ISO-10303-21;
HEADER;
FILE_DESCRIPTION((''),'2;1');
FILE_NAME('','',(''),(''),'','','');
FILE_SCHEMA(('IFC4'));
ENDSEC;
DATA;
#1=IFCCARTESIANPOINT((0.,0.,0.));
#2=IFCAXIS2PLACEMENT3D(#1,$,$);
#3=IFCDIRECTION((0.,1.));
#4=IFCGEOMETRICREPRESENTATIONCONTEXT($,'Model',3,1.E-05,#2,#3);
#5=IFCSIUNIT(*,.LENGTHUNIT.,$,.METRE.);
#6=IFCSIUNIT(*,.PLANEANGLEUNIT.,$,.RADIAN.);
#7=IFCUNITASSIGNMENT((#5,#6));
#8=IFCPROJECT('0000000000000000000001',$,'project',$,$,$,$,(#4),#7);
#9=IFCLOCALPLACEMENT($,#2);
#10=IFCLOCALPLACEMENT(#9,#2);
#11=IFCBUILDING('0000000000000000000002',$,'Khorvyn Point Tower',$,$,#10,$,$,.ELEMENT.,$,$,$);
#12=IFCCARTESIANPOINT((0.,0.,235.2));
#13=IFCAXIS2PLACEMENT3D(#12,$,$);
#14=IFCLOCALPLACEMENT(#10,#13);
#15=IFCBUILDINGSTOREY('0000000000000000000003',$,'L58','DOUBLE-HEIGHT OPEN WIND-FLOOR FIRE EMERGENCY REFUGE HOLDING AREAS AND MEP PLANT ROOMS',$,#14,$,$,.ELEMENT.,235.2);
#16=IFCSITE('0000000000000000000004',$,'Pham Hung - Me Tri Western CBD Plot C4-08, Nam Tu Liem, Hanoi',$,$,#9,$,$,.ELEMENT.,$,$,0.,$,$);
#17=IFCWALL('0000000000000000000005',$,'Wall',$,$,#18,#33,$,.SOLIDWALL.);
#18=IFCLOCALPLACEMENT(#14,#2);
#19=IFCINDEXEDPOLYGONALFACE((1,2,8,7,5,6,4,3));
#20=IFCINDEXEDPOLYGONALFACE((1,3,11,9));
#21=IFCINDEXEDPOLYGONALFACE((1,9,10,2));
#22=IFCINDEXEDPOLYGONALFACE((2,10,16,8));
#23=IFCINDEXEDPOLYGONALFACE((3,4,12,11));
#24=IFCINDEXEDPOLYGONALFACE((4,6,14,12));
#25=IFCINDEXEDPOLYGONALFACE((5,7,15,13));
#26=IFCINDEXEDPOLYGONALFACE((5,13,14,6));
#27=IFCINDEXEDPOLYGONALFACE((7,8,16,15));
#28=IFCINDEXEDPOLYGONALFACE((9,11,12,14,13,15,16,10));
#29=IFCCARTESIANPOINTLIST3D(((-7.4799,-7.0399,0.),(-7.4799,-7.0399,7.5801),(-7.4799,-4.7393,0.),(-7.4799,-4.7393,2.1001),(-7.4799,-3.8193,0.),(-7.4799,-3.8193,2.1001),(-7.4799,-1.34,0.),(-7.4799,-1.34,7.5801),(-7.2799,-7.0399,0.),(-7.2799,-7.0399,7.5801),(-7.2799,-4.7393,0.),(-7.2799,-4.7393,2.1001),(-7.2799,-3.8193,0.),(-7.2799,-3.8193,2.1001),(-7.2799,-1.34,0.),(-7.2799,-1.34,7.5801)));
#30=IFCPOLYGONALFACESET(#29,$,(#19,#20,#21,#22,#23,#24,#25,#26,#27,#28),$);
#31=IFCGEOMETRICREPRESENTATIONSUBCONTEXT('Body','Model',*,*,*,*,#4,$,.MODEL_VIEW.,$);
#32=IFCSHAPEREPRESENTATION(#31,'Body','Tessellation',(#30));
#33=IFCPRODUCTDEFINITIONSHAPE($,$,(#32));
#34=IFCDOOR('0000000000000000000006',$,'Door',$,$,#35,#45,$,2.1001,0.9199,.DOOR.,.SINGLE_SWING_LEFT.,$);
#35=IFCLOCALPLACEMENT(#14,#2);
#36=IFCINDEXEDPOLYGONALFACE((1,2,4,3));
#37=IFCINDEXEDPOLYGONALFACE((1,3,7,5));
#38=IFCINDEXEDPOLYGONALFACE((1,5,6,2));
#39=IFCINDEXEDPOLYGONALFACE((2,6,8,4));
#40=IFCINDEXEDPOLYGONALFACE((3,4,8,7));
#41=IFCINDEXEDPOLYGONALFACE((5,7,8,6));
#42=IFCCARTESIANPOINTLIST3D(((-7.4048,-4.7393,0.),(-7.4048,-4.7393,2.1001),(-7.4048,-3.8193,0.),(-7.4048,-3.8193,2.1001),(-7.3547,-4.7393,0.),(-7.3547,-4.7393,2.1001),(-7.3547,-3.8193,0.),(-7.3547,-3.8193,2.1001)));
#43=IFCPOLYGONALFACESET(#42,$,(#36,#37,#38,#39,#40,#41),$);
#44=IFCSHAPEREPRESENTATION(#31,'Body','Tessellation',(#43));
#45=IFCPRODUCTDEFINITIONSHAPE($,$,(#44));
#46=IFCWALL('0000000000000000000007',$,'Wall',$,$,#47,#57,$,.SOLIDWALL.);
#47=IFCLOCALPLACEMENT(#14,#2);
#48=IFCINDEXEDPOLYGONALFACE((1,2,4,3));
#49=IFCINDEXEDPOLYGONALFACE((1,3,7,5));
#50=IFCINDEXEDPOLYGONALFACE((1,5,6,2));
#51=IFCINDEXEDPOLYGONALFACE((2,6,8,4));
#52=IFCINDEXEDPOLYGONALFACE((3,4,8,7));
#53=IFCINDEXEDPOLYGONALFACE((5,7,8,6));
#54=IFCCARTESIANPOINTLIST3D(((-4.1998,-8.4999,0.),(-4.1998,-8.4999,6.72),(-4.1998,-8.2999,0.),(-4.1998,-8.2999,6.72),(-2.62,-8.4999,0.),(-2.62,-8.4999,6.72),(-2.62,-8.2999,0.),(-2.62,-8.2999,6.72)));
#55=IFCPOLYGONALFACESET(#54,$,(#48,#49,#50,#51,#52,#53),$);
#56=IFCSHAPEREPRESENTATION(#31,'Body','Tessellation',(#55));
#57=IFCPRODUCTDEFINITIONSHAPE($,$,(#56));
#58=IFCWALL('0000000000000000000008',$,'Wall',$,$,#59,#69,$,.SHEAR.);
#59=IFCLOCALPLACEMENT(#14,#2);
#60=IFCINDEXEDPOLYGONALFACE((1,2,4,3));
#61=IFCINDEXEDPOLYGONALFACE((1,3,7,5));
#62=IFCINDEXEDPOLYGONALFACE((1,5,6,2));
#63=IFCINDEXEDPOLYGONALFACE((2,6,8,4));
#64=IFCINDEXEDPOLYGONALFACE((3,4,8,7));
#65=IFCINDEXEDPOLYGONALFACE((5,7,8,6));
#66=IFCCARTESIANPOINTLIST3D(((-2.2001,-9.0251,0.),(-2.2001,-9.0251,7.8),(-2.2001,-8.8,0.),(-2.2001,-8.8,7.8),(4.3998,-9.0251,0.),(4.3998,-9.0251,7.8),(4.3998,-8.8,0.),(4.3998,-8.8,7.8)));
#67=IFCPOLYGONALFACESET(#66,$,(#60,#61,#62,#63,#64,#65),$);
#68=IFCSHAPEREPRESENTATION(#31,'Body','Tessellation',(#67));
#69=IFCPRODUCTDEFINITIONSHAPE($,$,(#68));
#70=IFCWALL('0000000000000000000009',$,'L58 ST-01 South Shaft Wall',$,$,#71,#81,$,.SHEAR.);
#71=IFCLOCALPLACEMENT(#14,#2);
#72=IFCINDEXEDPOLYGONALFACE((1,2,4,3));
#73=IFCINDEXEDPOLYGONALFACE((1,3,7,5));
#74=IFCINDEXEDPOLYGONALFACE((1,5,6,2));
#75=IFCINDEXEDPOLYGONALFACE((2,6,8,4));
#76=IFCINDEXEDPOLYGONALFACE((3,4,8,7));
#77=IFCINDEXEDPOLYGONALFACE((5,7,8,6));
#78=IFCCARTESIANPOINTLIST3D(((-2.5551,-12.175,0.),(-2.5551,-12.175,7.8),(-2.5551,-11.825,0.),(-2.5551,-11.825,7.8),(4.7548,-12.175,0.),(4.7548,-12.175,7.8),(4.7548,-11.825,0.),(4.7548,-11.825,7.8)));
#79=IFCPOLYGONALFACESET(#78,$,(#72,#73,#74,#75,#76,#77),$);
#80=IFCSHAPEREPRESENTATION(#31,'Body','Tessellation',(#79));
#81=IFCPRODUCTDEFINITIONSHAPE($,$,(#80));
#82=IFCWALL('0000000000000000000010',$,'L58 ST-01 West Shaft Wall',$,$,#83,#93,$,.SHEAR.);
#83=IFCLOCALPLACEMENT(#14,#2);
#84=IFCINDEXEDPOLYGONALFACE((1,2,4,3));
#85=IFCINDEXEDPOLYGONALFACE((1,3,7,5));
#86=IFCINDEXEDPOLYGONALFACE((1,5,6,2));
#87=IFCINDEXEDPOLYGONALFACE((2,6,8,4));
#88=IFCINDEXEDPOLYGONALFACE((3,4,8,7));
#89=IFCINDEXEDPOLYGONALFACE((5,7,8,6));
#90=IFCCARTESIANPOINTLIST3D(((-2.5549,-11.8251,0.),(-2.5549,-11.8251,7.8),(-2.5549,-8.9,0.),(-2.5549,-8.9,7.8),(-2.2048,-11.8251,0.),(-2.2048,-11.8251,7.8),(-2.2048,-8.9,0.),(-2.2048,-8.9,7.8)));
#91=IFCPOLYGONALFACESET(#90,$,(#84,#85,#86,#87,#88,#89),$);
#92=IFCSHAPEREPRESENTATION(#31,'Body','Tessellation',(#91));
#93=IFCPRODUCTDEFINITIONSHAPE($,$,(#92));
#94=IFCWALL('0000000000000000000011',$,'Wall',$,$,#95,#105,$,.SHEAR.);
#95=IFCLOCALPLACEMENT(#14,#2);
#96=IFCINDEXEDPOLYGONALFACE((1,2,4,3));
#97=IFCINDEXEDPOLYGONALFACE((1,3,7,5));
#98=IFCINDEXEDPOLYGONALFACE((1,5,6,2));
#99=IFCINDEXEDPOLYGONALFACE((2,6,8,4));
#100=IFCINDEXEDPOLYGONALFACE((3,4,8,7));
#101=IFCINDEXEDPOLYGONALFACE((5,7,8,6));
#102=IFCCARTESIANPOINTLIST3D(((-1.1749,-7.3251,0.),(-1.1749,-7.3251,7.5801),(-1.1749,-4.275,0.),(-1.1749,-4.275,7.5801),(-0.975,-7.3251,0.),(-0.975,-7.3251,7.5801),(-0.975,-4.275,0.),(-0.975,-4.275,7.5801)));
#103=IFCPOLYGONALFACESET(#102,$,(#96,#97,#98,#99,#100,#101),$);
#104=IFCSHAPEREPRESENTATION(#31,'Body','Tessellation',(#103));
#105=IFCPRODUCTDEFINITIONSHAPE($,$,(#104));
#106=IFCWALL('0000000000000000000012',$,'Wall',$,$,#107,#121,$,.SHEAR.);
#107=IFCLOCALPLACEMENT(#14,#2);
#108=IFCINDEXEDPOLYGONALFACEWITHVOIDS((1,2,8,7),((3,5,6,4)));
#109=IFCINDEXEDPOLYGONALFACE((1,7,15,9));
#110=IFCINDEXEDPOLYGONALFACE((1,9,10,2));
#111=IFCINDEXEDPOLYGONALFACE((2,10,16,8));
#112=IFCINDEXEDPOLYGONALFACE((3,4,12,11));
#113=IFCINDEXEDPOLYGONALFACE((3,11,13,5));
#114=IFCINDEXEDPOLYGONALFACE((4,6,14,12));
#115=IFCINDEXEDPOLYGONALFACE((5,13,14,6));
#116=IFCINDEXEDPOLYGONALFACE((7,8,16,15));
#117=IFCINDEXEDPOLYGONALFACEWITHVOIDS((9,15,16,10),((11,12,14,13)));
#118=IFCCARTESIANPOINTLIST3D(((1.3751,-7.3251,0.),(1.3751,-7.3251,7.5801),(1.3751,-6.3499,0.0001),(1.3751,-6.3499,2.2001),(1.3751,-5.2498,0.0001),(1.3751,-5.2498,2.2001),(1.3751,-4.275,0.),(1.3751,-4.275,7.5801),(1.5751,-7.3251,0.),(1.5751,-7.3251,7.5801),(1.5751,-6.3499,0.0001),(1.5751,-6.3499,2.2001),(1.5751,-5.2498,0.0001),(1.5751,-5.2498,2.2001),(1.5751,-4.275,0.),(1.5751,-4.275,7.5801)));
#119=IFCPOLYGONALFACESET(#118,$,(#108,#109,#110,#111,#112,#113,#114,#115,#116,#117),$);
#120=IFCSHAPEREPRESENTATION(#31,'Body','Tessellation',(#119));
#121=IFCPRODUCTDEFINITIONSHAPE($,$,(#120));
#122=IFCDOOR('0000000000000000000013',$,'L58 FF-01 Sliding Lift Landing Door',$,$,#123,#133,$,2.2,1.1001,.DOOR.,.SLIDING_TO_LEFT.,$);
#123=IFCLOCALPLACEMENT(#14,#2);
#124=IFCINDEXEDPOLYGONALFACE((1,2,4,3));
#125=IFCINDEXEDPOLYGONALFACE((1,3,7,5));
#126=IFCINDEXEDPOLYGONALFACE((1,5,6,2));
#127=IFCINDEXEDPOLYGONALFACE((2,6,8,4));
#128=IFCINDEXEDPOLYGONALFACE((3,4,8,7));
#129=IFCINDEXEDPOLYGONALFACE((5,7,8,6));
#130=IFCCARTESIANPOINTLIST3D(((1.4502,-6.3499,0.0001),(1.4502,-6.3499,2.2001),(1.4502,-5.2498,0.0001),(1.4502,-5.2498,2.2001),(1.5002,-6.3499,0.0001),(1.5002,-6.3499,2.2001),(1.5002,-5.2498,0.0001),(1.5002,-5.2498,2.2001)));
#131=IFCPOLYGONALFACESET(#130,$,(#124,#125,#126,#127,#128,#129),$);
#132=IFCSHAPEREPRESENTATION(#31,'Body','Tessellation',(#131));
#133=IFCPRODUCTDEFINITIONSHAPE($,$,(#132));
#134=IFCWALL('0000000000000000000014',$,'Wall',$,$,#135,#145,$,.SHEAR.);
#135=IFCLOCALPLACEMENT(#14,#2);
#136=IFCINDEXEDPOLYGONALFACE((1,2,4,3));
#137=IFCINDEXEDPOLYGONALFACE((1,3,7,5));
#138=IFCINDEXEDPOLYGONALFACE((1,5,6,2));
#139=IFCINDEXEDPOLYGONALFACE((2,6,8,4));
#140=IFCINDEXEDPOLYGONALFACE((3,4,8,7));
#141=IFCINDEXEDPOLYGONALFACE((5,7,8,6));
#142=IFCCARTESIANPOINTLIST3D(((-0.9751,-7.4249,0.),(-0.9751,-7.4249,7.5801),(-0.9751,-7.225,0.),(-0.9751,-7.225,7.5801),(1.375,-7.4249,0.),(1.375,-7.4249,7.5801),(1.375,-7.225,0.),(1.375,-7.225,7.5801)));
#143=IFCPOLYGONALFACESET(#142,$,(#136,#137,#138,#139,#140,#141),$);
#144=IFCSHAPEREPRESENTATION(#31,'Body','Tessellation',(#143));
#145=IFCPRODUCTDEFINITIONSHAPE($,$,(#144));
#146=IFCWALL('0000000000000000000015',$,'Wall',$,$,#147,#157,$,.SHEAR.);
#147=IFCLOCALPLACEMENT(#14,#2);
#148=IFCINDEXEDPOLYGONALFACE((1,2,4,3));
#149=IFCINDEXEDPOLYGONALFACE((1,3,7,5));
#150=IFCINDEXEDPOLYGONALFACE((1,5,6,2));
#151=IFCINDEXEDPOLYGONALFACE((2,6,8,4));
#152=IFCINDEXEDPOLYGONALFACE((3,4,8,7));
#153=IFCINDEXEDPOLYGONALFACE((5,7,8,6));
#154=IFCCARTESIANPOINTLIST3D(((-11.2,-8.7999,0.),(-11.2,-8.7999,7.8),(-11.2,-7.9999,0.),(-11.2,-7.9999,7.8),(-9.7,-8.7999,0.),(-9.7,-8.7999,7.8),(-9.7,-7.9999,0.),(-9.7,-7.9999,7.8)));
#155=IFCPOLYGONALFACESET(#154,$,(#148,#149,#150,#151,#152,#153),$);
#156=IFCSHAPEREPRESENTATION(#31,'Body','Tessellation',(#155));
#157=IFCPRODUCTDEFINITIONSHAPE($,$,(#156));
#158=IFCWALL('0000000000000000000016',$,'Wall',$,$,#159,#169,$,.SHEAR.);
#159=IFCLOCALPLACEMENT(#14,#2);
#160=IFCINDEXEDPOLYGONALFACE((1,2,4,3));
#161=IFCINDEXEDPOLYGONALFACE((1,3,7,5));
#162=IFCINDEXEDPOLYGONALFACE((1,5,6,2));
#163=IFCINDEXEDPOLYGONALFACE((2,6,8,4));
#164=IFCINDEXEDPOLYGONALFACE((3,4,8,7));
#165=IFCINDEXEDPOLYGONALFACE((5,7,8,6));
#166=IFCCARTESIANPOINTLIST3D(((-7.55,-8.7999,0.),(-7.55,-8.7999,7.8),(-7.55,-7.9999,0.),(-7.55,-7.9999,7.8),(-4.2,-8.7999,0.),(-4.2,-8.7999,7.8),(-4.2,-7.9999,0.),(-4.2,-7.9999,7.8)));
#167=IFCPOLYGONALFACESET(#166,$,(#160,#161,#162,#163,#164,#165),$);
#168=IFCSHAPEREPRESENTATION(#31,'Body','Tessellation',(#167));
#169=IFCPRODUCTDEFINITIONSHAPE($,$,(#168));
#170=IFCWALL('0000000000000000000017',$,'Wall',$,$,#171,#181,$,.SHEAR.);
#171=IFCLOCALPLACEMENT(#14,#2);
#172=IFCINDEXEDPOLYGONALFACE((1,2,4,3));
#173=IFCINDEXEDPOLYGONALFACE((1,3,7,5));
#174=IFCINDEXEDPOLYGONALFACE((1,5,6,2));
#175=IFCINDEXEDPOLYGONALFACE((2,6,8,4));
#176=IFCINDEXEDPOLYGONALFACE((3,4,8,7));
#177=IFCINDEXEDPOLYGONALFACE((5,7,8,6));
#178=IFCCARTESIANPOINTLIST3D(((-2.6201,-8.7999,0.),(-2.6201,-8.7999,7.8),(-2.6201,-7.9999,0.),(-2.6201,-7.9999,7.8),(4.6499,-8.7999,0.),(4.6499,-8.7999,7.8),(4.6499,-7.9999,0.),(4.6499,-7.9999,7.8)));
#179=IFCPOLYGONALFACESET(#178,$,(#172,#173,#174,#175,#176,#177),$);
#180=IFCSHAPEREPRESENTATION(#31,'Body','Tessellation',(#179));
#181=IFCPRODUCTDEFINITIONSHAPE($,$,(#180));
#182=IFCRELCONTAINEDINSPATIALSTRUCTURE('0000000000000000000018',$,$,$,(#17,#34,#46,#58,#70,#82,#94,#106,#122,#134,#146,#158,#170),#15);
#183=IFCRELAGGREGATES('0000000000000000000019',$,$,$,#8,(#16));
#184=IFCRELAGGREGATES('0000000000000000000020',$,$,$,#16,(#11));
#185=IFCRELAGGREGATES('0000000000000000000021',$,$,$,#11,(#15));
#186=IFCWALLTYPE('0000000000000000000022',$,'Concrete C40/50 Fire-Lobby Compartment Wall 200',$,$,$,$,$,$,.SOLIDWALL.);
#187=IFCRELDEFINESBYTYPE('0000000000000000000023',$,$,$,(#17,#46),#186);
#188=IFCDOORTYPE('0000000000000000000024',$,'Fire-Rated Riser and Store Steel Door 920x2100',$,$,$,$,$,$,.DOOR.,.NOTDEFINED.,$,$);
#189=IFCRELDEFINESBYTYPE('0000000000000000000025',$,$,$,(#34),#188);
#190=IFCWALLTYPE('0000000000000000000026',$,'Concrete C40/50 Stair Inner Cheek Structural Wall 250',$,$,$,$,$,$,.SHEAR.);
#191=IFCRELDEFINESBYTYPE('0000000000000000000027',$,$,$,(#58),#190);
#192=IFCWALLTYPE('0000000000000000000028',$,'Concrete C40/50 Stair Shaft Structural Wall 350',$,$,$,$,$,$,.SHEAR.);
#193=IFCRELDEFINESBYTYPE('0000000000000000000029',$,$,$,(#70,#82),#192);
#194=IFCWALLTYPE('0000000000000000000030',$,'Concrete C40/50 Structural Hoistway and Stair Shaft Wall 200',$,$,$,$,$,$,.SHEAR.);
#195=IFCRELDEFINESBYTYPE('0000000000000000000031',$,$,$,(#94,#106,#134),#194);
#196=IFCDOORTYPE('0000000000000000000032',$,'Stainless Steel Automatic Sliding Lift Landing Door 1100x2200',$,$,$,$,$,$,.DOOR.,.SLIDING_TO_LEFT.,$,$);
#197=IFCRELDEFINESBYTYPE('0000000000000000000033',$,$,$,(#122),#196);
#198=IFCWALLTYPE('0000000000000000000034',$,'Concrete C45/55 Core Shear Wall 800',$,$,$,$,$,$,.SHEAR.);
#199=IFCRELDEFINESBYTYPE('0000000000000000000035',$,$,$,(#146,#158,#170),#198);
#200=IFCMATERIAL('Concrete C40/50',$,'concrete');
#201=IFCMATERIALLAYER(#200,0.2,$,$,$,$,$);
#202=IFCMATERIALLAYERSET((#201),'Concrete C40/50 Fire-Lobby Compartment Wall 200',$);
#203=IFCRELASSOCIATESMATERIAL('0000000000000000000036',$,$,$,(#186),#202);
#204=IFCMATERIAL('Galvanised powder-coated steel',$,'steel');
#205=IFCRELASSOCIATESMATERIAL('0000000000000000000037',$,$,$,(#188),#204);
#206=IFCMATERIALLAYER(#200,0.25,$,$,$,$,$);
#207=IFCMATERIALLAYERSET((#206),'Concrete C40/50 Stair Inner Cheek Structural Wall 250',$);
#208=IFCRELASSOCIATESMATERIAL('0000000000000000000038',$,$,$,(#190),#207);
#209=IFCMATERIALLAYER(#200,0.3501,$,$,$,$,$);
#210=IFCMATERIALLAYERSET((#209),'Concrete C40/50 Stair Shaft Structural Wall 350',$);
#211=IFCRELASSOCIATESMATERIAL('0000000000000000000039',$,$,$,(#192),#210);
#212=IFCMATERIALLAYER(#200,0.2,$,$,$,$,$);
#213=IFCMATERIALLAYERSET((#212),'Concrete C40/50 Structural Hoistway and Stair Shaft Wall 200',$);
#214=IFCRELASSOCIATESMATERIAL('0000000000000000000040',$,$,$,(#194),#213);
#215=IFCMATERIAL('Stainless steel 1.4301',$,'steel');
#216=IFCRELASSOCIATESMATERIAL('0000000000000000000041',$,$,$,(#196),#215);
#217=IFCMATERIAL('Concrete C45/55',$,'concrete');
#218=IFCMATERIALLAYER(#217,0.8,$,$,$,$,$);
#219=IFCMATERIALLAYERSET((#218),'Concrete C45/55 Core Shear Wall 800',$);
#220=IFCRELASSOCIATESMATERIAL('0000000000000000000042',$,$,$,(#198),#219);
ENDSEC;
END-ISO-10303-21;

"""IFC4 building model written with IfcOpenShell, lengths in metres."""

from ifc_helpers import new_model, si_unit, direction, frame, frame_2d, origin, place, context, subcontext, project, spatial, rectangle, extrude, material, layer, layer_set, type_object, element, fill, save


model = new_model("IFC4")

# Units and contexts
model_context = context("Model", 3, precision=1e-05, world=origin(), true_north=direction((0.0, 1.0)))
body_context = subcontext(model_context, "Body", "Model", "MODEL_VIEW")
ifc_project = project(units=[si_unit("LENGTHUNIT", "METRE"), si_unit("PLANEANGLEUNIT", "RADIAN")], contexts=[model_context])

# Site, building, storey
site_placement = place(None, origin())
site = spatial("IfcSite", under=ifc_project, at=site_placement, Name="Pham Hung - Me Tri Western CBD Plot C4-08, Nam Tu Liem, Hanoi", CompositionType="ELEMENT", RefElevation=0.0)
building_placement = place(site_placement, origin())
building = spatial("IfcBuilding", under=site, at=building_placement, Name="Khorvyn Point Tower", CompositionType="ELEMENT")
storey_placement = place(building_placement, frame((0.0, 0.0, 235.2)))
storey = spatial("IfcBuildingStorey", under=building, at=storey_placement, Name="L58", Description="DOUBLE-HEIGHT OPEN WIND-FLOOR FIRE EMERGENCY REFUGE HOLDING AREAS AND MEP PLANT ROOMS", CompositionType="ELEMENT", Elevation=235.2)

# Shared definitions
ifc_material_1 = material(Name="Concrete C45/55", Category="concrete")

# Wall, opening, door
ifc_material_2 = material(Name="Concrete C40/50", Category="concrete")
ifc_layer_1 = layer(ifc_material_2, 0.2)
ifc_layer_set_1 = layer_set([ifc_layer_1], Name="Concrete C40/50 Fire-Lobby Compartment Wall 200")
wall_type_1 = type_object("IfcWallType", Name="Concrete C40/50 Fire-Lobby Compartment Wall 200", PredefinedType="SOLIDWALL", material=ifc_layer_set_1)
ifc_material_3 = material(Name="Galvanised powder-coated steel", Category="steel")
wall_1_placement = place(storey_placement, frame((-7.3799, -7.04, 0.0), z_axis=(0.0, 0.0, 1.0), x_axis=(0.0, 1.0, 0.0)))
wall_1 = element("IfcWall", 1, at=wall_1_placement, inside=storey, type_object=wall_type_1, Name="Wall", PredefinedType="SOLIDWALL", context=body_context, shape_type="SweptSolid", body=[
    extrude(rectangle(XDim=5.7, YDim=0.2, at=frame_2d((2.8501, 0.0))), origin(), (0.0, 0.0, 1.0), 7.5801),
])
opening_1_placement = place(wall_1_placement, frame((2.3008, 0.0, 0.0)))
opening_1 = element("IfcOpeningElement", 2, at=opening_1_placement, cuts=wall_1, PredefinedType="OPENING", context=body_context, shape_type="SweptSolid", body=[
    extrude(rectangle(XDim=0.9199, YDim=2.1001, at=frame_2d((0.46, 1.05))), frame((0.0, 0.1099, 0.0), z_axis=(0.0, -1.0, 0.0), x_axis=(1.0, 0.0, 0.0)), (0.0, 0.0, 1.0), 0.22),
])
door_type_1 = type_object("IfcDoorType", Name="Fire-Rated Riser and Store Steel Door 920x2100", OperationType="NOTDEFINED", PredefinedType="DOOR", material=ifc_material_3)
door_1_placement = place(opening_1_placement, origin())
door_1 = element("IfcDoor", 3, at=door_1_placement, inside=storey, type_object=door_type_1, Name="Door", OperationType="SINGLE_SWING_LEFT", OverallHeight=2.1001, OverallWidth=0.9199, PredefinedType="DOOR", context=body_context, shape_type="SweptSolid", body=[
    extrude(rectangle(XDim=0.9199, YDim=2.1001, at=frame_2d((0.46, 1.05))), frame((0.0, 0.0249, 0.0), z_axis=(0.0, -1.0, 0.0), x_axis=(1.0, 0.0, 0.0)), (0.0, 0.0, 1.0), 0.05),
])
fill(opening_1, door_1)

# Walls
wall_2_placement = place(storey_placement, frame((-4.2, -8.3999, 0.0), z_axis=(0.0, 0.0, 1.0), x_axis=(1.0, 0.0, 0.0)))
element("IfcWall", 4, at=wall_2_placement, inside=storey, type_object=wall_type_1, Name="Wall", PredefinedType="SOLIDWALL", context=body_context, shape_type="SweptSolid", body=[
    extrude(rectangle(XDim=1.5798, YDim=0.2, at=frame_2d((0.79, 0.0))), origin(), (0.0, 0.0, 1.0), 6.72),
])
ifc_layer_2 = layer(ifc_material_2, 0.25)
ifc_layer_set_2 = layer_set([ifc_layer_2], Name="Concrete C40/50 Stair Inner Cheek Structural Wall 250")
wall_type_2 = type_object("IfcWallType", Name="Concrete C40/50 Stair Inner Cheek Structural Wall 250", PredefinedType="SHEAR", material=ifc_layer_set_2)
wall_3_placement = place(storey_placement, frame((-2.2, -8.9126, 0.0), z_axis=(0.0, 0.0, 1.0), x_axis=(1.0, 0.0, 0.0)))
element("IfcWall", 5, at=wall_3_placement, inside=storey, type_object=wall_type_2, Name="Wall", PredefinedType="SHEAR", context=body_context, shape_type="SweptSolid", body=[
    extrude(rectangle(XDim=6.5999, YDim=0.2251, at=frame_2d((3.2998, 0.0))), origin(), (0.0, 0.0, 1.0), 7.8),
])
ifc_layer_3 = layer(ifc_material_2, 0.3501)
ifc_layer_set_3 = layer_set([ifc_layer_3], Name="Concrete C40/50 Stair Shaft Structural Wall 350")
wall_type_3 = type_object("IfcWallType", Name="Concrete C40/50 Stair Shaft Structural Wall 350", PredefinedType="SHEAR", material=ifc_layer_set_3)
wall_4_placement = place(storey_placement, frame((-2.5549, -12.0, 0.0), z_axis=(0.0, 0.0, 1.0), x_axis=(1.0, 0.0, 0.0)))
element("IfcWall", 6, at=wall_4_placement, inside=storey, type_object=wall_type_3, Name="L58 ST-01 South Shaft Wall", PredefinedType="SHEAR", context=body_context, shape_type="SweptSolid", body=[
    extrude(rectangle(XDim=7.3098, YDim=0.3501, at=frame_2d((3.6548, 0.0))), origin(), (0.0, 0.0, 1.0), 7.8),
])
wall_5_placement = place(storey_placement, frame((-2.3799, -11.825, 0.0), z_axis=(0.0, 0.0, 1.0), x_axis=(0.0, 1.0, 0.0)))
element("IfcWall", 7, at=wall_5_placement, inside=storey, type_object=wall_type_3, Name="L58 ST-01 West Shaft Wall", PredefinedType="SHEAR", context=body_context, shape_type="SweptSolid", body=[
    extrude(rectangle(XDim=2.925, YDim=0.3501, at=frame_2d((1.4624, 0.0))), origin(), (0.0, 0.0, 1.0), 7.8),
])
ifc_layer_4 = layer(ifc_material_2, 0.2)
ifc_layer_set_4 = layer_set([ifc_layer_4], Name="Concrete C40/50 Structural Hoistway and Stair Shaft Wall 200")
wall_type_4 = type_object("IfcWallType", Name="Concrete C40/50 Structural Hoistway and Stair Shaft Wall 200", PredefinedType="SHEAR", material=ifc_layer_set_4)
wall_6_placement = place(storey_placement, frame((-1.075, -7.325, 0.0), z_axis=(0.0, 0.0, 1.0), x_axis=(0.0, 1.0, 0.0)))
element("IfcWall", 8, at=wall_6_placement, inside=storey, type_object=wall_type_4, Name="Wall", PredefinedType="SHEAR", context=body_context, shape_type="SweptSolid", body=[
    extrude(rectangle(XDim=3.05, YDim=0.2, at=frame_2d((1.5249, 0.0))), origin(), (0.0, 0.0, 1.0), 7.5801),
])

# Wall, opening, door
wall_7_placement = place(storey_placement, frame((1.4751, -7.325, 0.0), z_axis=(0.0, 0.0, 1.0), x_axis=(0.0, 1.0, 0.0)))
wall_7 = element("IfcWall", 9, at=wall_7_placement, inside=storey, type_object=wall_type_4, Name="Wall", PredefinedType="SHEAR", context=body_context, shape_type="SweptSolid", body=[
    extrude(rectangle(XDim=3.05, YDim=0.2, at=frame_2d((1.5249, 0.0))), origin(), (0.0, 0.0, 1.0), 7.5801),
])
opening_2_placement = place(wall_7_placement, frame((0.9751, 0.0, 0.0)))
opening_2 = element("IfcOpeningElement", 10, at=opening_2_placement, cuts=wall_7, PredefinedType="OPENING", context=body_context, shape_type="SweptSolid", body=[
    extrude(rectangle(XDim=1.1001, YDim=2.2, at=frame_2d((0.55, 1.1001))), frame((0.0, 0.1099, 0.0), z_axis=(0.0, -1.0, 0.0), x_axis=(1.0, 0.0, 0.0)), (0.0, 0.0, 1.0), 0.22),
])
ifc_material_4 = material(Name="Stainless steel 1.4301", Category="steel")
door_type_2 = type_object("IfcDoorType", Name="Stainless Steel Automatic Sliding Lift Landing Door 1100x2200", OperationType="SLIDING_TO_LEFT", PredefinedType="DOOR", material=ifc_material_4)
door_2_placement = place(opening_2_placement, origin())
door_2 = element("IfcDoor", 11, at=door_2_placement, inside=storey, type_object=door_type_2, Name="L58 FF-01 Sliding Lift Landing Door", OperationType="SLIDING_TO_LEFT", OverallHeight=2.2, OverallWidth=1.1001, PredefinedType="DOOR", context=body_context, shape_type="SweptSolid", body=[
    extrude(rectangle(XDim=1.1001, YDim=2.2, at=frame_2d((0.55, 1.1001))), frame((0.0, 0.0249, 0.0), z_axis=(0.0, -1.0, 0.0), x_axis=(1.0, 0.0, 0.0)), (0.0, 0.0, 1.0), 0.05),
])
fill(opening_2, door_2)

# Walls
wall_8_placement = place(storey_placement, frame((-0.9751, -7.325, 0.0), z_axis=(0.0, 0.0, 1.0), x_axis=(1.0, 0.0, 0.0)))
element("IfcWall", 12, at=wall_8_placement, inside=storey, type_object=wall_type_4, Name="Wall", PredefinedType="SHEAR", context=body_context, shape_type="SweptSolid", body=[
    extrude(rectangle(XDim=2.3501, YDim=0.2, at=frame_2d((1.175, 0.0))), origin(), (0.0, 0.0, 1.0), 7.5801),
])
ifc_layer_5 = layer(ifc_material_1, 0.8)
ifc_layer_set_5 = layer_set([ifc_layer_5], Name="Concrete C45/55 Core Shear Wall 800")
wall_type_5 = type_object("IfcWallType", Name="Concrete C45/55 Core Shear Wall 800", PredefinedType="SHEAR", material=ifc_layer_set_5)
wall_9_placement = place(storey_placement, frame((-11.2, -8.3999, 0.0), z_axis=(0.0, 0.0, 1.0), x_axis=(1.0, 0.0, 0.0)))
element("IfcWall", 13, at=wall_9_placement, inside=storey, type_object=wall_type_5, Name="Wall", PredefinedType="SHEAR", context=body_context, shape_type="SweptSolid", body=[
    extrude(rectangle(XDim=1.5, YDim=0.8, at=frame_2d((0.75, 0.0))), origin(), (0.0, 0.0, 1.0), 7.8),
])
wall_10_placement = place(storey_placement, frame((-7.55, -8.3999, 0.0), z_axis=(0.0, 0.0, 1.0), x_axis=(1.0, 0.0, 0.0)))
element("IfcWall", 14, at=wall_10_placement, inside=storey, type_object=wall_type_5, Name="Wall", PredefinedType="SHEAR", context=body_context, shape_type="SweptSolid", body=[
    extrude(rectangle(XDim=3.3501, YDim=0.8, at=frame_2d((1.675, 0.0))), origin(), (0.0, 0.0, 1.0), 7.8),
])
wall_11_placement = place(storey_placement, frame((-2.6201, -8.3999, 0.0), z_axis=(0.0, 0.0, 1.0), x_axis=(1.0, 0.0, 0.0)))
element("IfcWall", 15, at=wall_11_placement, inside=storey, type_object=wall_type_5, Name="Wall", PredefinedType="SHEAR", context=body_context, shape_type="SweptSolid", body=[
    extrude(rectangle(XDim=7.27, YDim=0.8, at=frame_2d((3.635, 0.0))), origin(), (0.0, 0.0, 1.0), 7.8),
])

save(model, "model.ifc")
